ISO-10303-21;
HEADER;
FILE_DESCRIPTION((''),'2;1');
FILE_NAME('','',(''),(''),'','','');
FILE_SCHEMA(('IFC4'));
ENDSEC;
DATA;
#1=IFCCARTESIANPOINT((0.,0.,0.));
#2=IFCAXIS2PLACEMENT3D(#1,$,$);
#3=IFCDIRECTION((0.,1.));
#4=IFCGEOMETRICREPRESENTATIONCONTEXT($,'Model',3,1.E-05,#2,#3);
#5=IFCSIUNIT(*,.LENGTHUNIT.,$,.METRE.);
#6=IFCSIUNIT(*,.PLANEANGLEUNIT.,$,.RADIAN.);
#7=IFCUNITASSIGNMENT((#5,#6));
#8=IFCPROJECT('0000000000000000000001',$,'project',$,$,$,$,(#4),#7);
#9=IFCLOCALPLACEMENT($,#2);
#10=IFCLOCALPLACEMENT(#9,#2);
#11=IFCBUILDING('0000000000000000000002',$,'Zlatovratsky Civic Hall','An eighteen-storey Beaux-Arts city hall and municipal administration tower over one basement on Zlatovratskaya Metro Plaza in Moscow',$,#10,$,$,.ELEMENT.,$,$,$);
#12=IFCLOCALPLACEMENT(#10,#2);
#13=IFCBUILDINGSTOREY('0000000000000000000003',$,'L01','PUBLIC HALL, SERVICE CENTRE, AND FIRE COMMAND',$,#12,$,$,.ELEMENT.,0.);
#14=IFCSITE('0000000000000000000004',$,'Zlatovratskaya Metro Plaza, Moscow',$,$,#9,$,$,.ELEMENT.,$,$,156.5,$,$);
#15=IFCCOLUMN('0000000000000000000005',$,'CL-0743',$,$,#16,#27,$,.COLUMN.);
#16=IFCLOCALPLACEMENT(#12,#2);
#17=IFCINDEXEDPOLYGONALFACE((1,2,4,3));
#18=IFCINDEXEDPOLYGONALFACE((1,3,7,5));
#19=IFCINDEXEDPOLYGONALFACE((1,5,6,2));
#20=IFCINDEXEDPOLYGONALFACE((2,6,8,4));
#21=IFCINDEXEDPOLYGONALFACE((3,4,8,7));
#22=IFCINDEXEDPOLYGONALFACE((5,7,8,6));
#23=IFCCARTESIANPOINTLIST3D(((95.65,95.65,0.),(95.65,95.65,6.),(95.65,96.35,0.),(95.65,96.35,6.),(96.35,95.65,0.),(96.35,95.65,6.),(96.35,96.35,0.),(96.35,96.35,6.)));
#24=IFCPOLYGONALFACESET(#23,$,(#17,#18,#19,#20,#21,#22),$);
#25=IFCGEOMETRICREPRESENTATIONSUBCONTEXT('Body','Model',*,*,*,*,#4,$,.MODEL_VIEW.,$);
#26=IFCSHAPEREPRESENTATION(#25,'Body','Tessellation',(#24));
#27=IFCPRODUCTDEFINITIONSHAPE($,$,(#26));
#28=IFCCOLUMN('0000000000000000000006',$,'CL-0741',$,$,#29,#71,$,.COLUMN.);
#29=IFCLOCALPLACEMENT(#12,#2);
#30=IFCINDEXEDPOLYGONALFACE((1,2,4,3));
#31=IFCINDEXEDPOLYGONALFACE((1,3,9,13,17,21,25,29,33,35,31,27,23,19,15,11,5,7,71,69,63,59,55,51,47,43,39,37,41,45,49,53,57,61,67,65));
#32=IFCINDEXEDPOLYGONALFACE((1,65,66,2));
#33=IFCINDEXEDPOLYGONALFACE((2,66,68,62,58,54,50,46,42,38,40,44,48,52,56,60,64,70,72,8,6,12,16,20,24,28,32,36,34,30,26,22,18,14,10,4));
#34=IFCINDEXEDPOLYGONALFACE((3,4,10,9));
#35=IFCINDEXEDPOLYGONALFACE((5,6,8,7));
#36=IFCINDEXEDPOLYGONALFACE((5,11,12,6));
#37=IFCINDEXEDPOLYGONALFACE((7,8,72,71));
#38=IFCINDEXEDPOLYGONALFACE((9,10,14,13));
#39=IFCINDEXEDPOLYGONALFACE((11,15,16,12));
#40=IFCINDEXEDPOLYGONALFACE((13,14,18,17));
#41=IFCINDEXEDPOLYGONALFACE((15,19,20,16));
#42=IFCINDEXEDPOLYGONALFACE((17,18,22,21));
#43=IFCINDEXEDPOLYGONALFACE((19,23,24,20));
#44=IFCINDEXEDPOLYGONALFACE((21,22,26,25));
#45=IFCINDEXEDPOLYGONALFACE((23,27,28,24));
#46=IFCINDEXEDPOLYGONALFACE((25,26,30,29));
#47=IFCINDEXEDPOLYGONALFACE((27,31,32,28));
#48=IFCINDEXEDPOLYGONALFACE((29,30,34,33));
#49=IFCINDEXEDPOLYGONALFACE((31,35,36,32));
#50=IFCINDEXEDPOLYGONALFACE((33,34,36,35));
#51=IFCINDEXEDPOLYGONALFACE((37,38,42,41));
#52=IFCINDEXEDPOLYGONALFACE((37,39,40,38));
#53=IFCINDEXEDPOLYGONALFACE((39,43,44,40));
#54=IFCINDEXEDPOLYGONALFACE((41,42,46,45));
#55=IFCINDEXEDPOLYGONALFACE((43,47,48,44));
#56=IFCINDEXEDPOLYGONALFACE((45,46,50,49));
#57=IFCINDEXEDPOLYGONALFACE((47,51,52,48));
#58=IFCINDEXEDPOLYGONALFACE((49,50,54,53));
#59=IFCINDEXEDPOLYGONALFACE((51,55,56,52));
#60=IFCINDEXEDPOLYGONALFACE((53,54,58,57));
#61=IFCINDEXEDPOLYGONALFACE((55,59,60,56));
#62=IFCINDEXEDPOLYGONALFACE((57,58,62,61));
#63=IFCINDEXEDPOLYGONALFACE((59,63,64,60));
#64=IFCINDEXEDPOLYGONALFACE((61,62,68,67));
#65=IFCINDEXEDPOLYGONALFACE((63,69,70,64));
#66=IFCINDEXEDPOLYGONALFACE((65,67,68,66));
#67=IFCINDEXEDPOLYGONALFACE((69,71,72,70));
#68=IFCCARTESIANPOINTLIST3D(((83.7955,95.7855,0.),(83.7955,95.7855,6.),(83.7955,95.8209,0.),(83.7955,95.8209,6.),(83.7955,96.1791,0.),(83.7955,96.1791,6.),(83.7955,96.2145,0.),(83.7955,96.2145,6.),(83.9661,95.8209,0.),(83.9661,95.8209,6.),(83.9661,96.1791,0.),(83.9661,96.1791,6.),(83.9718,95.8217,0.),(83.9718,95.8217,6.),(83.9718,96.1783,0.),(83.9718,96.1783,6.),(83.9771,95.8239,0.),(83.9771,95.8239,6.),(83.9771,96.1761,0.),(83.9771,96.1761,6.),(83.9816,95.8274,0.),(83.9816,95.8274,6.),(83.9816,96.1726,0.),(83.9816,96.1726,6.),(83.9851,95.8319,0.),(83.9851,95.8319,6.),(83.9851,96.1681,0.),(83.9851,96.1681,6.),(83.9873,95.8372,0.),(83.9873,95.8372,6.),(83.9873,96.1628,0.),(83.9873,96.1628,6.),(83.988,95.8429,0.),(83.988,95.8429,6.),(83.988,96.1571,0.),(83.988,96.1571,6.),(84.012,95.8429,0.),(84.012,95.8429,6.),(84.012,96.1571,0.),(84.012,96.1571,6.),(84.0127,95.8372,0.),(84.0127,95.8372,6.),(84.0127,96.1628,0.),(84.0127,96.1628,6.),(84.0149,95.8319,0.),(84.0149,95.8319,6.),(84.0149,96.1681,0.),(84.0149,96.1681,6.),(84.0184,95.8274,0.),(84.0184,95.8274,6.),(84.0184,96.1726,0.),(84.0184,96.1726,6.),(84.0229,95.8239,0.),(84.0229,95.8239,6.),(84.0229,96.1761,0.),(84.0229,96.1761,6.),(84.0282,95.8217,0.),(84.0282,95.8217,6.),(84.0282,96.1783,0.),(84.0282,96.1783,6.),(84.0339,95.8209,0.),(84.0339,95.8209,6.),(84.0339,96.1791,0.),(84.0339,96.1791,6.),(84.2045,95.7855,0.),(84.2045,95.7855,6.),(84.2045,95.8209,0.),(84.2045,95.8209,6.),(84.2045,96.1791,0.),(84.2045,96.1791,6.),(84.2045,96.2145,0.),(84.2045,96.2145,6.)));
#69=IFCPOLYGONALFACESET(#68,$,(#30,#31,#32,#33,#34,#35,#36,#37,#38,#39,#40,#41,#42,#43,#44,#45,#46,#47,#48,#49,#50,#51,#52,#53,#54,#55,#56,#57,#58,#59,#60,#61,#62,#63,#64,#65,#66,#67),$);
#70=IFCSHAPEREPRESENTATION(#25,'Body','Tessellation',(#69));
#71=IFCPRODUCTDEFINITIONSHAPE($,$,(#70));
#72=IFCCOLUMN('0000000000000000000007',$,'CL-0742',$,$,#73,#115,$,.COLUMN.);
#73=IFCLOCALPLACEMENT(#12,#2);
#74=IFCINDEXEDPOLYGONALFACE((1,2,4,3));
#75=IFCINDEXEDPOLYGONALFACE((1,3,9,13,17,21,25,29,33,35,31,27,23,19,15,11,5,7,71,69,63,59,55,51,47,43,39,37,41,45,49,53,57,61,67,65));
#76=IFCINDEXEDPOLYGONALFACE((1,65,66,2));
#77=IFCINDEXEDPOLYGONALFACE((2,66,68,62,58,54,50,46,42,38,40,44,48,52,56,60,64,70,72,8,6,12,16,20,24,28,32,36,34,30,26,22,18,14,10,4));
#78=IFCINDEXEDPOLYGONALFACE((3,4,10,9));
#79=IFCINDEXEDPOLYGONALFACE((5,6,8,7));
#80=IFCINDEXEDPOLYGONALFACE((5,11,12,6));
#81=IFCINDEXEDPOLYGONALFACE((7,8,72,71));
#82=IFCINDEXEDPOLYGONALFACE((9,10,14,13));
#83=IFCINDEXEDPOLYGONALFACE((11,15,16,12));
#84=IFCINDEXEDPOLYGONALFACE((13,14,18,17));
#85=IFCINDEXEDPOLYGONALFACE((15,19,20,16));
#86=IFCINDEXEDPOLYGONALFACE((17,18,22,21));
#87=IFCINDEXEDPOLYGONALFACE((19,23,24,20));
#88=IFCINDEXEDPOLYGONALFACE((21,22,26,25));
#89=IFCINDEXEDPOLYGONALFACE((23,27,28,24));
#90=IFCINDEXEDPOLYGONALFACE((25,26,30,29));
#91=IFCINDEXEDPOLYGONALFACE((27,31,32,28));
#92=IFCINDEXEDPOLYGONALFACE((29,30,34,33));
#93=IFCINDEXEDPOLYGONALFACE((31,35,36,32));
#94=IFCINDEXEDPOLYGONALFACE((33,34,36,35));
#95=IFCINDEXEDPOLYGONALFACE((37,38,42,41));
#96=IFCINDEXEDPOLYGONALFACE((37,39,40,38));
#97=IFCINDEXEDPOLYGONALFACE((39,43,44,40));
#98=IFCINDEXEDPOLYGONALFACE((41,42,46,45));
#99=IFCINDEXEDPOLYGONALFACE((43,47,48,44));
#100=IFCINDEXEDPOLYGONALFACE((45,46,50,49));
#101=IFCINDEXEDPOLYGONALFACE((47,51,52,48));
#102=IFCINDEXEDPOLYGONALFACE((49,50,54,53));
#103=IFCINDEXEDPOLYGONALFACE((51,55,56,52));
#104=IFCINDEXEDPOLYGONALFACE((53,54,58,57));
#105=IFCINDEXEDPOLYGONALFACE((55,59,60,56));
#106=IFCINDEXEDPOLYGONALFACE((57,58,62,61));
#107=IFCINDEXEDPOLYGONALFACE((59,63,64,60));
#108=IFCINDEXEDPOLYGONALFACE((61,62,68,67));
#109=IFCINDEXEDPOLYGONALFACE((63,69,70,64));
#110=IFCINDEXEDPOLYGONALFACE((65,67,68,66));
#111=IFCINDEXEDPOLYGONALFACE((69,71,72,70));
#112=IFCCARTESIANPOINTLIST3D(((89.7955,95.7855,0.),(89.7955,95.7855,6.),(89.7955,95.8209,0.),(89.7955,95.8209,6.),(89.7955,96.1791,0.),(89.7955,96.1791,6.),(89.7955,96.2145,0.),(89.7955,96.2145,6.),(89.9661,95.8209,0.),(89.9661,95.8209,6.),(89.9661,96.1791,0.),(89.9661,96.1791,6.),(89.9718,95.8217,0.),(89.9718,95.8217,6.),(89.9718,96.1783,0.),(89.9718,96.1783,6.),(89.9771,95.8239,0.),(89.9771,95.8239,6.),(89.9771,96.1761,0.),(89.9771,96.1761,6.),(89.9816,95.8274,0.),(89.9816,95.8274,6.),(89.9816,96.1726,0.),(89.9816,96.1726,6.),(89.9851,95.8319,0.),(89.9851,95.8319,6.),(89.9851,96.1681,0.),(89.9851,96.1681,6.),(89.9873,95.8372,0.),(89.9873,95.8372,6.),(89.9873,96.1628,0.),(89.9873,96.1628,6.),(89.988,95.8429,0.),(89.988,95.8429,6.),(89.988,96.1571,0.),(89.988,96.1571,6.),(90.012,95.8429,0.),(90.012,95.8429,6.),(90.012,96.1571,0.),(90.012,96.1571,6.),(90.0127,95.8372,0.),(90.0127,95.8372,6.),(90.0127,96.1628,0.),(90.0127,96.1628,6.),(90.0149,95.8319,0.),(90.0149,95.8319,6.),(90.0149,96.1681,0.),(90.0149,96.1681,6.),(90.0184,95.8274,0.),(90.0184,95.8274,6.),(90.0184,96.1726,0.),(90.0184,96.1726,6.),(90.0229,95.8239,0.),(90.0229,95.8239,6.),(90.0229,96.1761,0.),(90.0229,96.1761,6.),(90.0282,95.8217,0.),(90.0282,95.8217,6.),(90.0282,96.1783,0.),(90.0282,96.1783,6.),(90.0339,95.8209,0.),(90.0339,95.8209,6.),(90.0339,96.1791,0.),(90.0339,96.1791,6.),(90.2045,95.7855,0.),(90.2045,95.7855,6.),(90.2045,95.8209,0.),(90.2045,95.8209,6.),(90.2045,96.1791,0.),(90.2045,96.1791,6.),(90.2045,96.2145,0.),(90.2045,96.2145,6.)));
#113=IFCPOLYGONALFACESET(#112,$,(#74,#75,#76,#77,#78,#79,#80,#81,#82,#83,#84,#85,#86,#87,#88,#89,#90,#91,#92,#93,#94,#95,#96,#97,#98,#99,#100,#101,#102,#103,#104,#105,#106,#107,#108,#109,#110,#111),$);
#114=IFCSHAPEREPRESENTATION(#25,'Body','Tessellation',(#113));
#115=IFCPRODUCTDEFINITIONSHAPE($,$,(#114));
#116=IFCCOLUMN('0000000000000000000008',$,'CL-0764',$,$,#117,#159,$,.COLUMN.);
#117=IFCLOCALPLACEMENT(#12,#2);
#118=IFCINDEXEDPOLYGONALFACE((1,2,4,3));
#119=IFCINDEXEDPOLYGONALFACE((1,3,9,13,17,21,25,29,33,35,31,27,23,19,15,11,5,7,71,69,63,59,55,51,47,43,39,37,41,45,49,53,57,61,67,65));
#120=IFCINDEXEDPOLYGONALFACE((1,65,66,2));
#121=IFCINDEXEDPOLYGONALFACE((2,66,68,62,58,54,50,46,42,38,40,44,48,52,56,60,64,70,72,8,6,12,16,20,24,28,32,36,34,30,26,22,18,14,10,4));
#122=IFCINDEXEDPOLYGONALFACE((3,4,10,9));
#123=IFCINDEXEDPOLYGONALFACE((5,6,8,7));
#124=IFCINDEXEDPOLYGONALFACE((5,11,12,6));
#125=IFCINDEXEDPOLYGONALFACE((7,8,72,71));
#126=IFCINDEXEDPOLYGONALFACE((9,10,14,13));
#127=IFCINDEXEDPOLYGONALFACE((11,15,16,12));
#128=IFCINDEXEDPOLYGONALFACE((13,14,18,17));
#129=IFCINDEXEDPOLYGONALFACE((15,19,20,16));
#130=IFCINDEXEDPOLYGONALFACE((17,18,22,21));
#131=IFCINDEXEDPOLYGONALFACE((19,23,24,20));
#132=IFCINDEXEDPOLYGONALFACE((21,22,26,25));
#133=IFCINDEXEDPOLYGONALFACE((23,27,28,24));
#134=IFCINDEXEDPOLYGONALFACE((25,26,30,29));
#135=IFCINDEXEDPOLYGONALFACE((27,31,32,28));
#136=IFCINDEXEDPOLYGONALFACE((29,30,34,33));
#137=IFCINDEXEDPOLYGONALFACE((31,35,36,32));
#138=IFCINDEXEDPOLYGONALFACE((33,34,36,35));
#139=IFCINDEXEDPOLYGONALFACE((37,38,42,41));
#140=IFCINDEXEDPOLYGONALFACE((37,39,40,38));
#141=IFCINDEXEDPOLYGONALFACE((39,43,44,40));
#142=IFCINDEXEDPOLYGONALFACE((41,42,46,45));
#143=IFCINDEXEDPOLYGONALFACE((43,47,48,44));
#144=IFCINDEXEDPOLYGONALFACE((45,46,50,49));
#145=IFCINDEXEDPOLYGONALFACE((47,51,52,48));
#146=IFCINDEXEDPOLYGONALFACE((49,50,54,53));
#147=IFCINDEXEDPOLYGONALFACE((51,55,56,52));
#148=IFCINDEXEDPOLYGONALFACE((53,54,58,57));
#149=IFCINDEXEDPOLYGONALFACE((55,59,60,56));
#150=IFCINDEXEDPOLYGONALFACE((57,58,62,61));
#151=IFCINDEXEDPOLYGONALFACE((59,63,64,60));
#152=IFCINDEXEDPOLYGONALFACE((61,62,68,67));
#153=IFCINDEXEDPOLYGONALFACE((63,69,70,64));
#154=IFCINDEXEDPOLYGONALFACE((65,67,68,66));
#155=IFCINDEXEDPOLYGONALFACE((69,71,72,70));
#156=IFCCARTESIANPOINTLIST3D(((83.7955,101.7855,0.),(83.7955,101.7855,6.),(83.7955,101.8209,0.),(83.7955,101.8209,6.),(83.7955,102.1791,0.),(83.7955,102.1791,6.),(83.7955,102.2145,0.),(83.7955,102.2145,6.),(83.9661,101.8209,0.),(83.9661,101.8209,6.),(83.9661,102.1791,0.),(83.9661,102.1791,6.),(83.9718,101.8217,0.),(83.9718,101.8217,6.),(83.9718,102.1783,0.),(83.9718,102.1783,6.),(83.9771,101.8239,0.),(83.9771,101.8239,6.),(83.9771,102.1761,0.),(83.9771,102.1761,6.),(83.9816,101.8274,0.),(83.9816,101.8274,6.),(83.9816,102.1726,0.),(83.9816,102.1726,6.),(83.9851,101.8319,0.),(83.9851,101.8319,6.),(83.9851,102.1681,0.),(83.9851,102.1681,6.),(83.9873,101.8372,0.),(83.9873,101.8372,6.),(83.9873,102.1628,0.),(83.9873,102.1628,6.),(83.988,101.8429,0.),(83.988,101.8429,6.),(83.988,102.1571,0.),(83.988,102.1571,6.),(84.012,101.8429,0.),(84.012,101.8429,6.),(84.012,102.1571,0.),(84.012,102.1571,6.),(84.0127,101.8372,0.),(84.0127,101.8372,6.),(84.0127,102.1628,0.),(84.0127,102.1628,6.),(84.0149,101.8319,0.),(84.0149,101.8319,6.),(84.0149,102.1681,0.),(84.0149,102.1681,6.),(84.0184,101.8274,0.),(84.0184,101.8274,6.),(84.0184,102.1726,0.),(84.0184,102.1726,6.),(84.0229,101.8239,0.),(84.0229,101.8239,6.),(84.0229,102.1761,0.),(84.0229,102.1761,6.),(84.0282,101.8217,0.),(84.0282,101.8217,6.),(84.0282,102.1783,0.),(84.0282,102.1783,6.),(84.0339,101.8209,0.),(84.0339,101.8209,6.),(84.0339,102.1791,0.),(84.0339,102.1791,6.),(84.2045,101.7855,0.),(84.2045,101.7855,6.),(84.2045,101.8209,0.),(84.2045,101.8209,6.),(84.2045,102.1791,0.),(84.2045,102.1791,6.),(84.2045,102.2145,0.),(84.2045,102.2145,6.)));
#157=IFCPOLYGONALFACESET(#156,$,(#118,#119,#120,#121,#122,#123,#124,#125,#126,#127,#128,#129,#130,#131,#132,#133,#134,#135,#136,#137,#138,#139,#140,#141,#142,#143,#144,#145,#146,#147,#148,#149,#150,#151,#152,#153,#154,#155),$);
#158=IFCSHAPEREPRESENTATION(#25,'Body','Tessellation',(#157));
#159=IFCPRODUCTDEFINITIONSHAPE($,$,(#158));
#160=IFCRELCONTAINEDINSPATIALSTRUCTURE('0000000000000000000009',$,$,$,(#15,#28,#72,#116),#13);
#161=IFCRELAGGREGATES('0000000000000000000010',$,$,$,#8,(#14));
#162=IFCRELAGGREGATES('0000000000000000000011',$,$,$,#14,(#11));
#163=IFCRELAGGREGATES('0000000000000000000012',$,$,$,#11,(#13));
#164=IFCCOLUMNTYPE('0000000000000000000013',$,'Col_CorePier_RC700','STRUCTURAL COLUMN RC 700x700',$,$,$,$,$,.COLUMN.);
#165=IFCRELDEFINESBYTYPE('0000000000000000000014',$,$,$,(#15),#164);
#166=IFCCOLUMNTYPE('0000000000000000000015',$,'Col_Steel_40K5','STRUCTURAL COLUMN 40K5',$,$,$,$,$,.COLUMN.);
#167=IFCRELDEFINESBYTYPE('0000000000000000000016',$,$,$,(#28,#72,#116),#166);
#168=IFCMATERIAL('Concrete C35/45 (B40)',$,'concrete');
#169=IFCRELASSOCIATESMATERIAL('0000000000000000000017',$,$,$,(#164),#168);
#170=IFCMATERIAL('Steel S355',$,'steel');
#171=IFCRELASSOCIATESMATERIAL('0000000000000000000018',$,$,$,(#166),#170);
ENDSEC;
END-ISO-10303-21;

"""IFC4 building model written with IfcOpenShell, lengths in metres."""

from ifc_helpers import new_model, si_unit, direction, frame, origin, origin_2d, place, context, subcontext, project, spatial, rectangle, i_section, extrude, material, material_profile, profile_set, type_object, element, save


model = new_model("IFC4")

# Units and contexts
model_context = context("Model", 3, precision=1e-05, world=origin(), true_north=direction((0.0, 1.0)))
body_context = subcontext(model_context, "Body", "Model", "MODEL_VIEW")
ifc_project = project(units=[si_unit("LENGTHUNIT", "METRE"), si_unit("PLANEANGLEUNIT", "RADIAN")], contexts=[model_context])

# Site, building, storey
site_placement = place(None, origin())
site = spatial("IfcSite", under=ifc_project, at=site_placement, Name="Zlatovratskaya Metro Plaza, Moscow", CompositionType="ELEMENT", RefElevation=156.5)
building_placement = place(site_placement, origin())
building = spatial("IfcBuilding", under=site, at=building_placement, Name="Zlatovratsky Civic Hall", Description="An eighteen-storey Beaux-Arts city hall and municipal administration tower over one basement on Zlatovratskaya Metro Plaza in Moscow", CompositionType="ELEMENT")
storey_placement = place(building_placement, origin())
storey = spatial("IfcBuildingStorey", under=building, at=storey_placement, Name="L01", Description="PUBLIC HALL, SERVICE CENTRE, AND FIRE COMMAND", CompositionType="ELEMENT", Elevation=0.0)

# Columns
ifc_material_1 = material(Name="Concrete C35/45 (B40)", Category="concrete")
ifc_material_profile_1 = material_profile(ifc_material_1, rectangle(XDim=0.7, YDim=0.7, at=origin_2d()), Name="RC 700x700")
ifc_profile_set_1 = profile_set([ifc_material_profile_1], Name="Concrete C35/45 (B40)")
column_type_1 = type_object("IfcColumnType", Name="Col_CorePier_RC700", Description="STRUCTURAL COLUMN RC 700x700", PredefinedType="COLUMN", material=ifc_profile_set_1)
column_placement = place(storey_placement, frame((96.0, 96.0, 0.0), z_axis=(0.0, 0.0, 1.0), x_axis=(1.0, 0.0, 0.0)))
element("IfcColumn", 1, at=column_placement, inside=storey, type_object=column_type_1, Name="CL-0743", PredefinedType="COLUMN", context=body_context, shape_type="SweptSolid", body=[
    extrude(rectangle(XDim=0.7, YDim=0.7, at=origin_2d()), origin(), (0.0, 0.0, 1.0), 6.0),
])
ifc_material_2 = material(Name="Steel S355", Category="steel")
ifc_material_profile_2 = material_profile(ifc_material_2, i_section(OverallWidth=0.4089, OverallDepth=0.429, WebThickness=0.0239, FlangeThickness=0.0354, FilletRadius=0.022, at=origin_2d()), Name="40K5")
ifc_profile_set_2 = profile_set([ifc_material_profile_2], Name="Steel S355")
column_type_2 = type_object("IfcColumnType", Name="Col_Steel_40K5", Description="STRUCTURAL COLUMN 40K5", PredefinedType="COLUMN", material=ifc_profile_set_2)
for number, where, z_axis, x_axis, name in (
    (2, (84.0, 96.0, 0.0), (0.0, 0.0, 1.0), (1.0, 0.0, 0.0), "CL-0741"),
    (3, (90.0, 96.0, 0.0), (0.0, 0.0, 1.0), (1.0, 0.0, 0.0), "CL-0742"),
    (4, (84.0, 102.0, 0.0), (0.0, 0.0, 1.0), (1.0, 0.0, 0.0), "CL-0764"),
):
    element("IfcColumn", number, at=place(storey_placement, frame(where, z_axis=z_axis, x_axis=x_axis)), inside=storey, type_object=column_type_2, Name=name, PredefinedType="COLUMN", context=body_context, shape_type="SweptSolid", body=[
        extrude(i_section(OverallWidth=0.4089, OverallDepth=0.429, WebThickness=0.0239, FlangeThickness=0.0354, FilletRadius=0.022, at=origin_2d()), origin(), (0.0, 0.0, 1.0), 6.0),
    ])

save(model, "model.ifc")
